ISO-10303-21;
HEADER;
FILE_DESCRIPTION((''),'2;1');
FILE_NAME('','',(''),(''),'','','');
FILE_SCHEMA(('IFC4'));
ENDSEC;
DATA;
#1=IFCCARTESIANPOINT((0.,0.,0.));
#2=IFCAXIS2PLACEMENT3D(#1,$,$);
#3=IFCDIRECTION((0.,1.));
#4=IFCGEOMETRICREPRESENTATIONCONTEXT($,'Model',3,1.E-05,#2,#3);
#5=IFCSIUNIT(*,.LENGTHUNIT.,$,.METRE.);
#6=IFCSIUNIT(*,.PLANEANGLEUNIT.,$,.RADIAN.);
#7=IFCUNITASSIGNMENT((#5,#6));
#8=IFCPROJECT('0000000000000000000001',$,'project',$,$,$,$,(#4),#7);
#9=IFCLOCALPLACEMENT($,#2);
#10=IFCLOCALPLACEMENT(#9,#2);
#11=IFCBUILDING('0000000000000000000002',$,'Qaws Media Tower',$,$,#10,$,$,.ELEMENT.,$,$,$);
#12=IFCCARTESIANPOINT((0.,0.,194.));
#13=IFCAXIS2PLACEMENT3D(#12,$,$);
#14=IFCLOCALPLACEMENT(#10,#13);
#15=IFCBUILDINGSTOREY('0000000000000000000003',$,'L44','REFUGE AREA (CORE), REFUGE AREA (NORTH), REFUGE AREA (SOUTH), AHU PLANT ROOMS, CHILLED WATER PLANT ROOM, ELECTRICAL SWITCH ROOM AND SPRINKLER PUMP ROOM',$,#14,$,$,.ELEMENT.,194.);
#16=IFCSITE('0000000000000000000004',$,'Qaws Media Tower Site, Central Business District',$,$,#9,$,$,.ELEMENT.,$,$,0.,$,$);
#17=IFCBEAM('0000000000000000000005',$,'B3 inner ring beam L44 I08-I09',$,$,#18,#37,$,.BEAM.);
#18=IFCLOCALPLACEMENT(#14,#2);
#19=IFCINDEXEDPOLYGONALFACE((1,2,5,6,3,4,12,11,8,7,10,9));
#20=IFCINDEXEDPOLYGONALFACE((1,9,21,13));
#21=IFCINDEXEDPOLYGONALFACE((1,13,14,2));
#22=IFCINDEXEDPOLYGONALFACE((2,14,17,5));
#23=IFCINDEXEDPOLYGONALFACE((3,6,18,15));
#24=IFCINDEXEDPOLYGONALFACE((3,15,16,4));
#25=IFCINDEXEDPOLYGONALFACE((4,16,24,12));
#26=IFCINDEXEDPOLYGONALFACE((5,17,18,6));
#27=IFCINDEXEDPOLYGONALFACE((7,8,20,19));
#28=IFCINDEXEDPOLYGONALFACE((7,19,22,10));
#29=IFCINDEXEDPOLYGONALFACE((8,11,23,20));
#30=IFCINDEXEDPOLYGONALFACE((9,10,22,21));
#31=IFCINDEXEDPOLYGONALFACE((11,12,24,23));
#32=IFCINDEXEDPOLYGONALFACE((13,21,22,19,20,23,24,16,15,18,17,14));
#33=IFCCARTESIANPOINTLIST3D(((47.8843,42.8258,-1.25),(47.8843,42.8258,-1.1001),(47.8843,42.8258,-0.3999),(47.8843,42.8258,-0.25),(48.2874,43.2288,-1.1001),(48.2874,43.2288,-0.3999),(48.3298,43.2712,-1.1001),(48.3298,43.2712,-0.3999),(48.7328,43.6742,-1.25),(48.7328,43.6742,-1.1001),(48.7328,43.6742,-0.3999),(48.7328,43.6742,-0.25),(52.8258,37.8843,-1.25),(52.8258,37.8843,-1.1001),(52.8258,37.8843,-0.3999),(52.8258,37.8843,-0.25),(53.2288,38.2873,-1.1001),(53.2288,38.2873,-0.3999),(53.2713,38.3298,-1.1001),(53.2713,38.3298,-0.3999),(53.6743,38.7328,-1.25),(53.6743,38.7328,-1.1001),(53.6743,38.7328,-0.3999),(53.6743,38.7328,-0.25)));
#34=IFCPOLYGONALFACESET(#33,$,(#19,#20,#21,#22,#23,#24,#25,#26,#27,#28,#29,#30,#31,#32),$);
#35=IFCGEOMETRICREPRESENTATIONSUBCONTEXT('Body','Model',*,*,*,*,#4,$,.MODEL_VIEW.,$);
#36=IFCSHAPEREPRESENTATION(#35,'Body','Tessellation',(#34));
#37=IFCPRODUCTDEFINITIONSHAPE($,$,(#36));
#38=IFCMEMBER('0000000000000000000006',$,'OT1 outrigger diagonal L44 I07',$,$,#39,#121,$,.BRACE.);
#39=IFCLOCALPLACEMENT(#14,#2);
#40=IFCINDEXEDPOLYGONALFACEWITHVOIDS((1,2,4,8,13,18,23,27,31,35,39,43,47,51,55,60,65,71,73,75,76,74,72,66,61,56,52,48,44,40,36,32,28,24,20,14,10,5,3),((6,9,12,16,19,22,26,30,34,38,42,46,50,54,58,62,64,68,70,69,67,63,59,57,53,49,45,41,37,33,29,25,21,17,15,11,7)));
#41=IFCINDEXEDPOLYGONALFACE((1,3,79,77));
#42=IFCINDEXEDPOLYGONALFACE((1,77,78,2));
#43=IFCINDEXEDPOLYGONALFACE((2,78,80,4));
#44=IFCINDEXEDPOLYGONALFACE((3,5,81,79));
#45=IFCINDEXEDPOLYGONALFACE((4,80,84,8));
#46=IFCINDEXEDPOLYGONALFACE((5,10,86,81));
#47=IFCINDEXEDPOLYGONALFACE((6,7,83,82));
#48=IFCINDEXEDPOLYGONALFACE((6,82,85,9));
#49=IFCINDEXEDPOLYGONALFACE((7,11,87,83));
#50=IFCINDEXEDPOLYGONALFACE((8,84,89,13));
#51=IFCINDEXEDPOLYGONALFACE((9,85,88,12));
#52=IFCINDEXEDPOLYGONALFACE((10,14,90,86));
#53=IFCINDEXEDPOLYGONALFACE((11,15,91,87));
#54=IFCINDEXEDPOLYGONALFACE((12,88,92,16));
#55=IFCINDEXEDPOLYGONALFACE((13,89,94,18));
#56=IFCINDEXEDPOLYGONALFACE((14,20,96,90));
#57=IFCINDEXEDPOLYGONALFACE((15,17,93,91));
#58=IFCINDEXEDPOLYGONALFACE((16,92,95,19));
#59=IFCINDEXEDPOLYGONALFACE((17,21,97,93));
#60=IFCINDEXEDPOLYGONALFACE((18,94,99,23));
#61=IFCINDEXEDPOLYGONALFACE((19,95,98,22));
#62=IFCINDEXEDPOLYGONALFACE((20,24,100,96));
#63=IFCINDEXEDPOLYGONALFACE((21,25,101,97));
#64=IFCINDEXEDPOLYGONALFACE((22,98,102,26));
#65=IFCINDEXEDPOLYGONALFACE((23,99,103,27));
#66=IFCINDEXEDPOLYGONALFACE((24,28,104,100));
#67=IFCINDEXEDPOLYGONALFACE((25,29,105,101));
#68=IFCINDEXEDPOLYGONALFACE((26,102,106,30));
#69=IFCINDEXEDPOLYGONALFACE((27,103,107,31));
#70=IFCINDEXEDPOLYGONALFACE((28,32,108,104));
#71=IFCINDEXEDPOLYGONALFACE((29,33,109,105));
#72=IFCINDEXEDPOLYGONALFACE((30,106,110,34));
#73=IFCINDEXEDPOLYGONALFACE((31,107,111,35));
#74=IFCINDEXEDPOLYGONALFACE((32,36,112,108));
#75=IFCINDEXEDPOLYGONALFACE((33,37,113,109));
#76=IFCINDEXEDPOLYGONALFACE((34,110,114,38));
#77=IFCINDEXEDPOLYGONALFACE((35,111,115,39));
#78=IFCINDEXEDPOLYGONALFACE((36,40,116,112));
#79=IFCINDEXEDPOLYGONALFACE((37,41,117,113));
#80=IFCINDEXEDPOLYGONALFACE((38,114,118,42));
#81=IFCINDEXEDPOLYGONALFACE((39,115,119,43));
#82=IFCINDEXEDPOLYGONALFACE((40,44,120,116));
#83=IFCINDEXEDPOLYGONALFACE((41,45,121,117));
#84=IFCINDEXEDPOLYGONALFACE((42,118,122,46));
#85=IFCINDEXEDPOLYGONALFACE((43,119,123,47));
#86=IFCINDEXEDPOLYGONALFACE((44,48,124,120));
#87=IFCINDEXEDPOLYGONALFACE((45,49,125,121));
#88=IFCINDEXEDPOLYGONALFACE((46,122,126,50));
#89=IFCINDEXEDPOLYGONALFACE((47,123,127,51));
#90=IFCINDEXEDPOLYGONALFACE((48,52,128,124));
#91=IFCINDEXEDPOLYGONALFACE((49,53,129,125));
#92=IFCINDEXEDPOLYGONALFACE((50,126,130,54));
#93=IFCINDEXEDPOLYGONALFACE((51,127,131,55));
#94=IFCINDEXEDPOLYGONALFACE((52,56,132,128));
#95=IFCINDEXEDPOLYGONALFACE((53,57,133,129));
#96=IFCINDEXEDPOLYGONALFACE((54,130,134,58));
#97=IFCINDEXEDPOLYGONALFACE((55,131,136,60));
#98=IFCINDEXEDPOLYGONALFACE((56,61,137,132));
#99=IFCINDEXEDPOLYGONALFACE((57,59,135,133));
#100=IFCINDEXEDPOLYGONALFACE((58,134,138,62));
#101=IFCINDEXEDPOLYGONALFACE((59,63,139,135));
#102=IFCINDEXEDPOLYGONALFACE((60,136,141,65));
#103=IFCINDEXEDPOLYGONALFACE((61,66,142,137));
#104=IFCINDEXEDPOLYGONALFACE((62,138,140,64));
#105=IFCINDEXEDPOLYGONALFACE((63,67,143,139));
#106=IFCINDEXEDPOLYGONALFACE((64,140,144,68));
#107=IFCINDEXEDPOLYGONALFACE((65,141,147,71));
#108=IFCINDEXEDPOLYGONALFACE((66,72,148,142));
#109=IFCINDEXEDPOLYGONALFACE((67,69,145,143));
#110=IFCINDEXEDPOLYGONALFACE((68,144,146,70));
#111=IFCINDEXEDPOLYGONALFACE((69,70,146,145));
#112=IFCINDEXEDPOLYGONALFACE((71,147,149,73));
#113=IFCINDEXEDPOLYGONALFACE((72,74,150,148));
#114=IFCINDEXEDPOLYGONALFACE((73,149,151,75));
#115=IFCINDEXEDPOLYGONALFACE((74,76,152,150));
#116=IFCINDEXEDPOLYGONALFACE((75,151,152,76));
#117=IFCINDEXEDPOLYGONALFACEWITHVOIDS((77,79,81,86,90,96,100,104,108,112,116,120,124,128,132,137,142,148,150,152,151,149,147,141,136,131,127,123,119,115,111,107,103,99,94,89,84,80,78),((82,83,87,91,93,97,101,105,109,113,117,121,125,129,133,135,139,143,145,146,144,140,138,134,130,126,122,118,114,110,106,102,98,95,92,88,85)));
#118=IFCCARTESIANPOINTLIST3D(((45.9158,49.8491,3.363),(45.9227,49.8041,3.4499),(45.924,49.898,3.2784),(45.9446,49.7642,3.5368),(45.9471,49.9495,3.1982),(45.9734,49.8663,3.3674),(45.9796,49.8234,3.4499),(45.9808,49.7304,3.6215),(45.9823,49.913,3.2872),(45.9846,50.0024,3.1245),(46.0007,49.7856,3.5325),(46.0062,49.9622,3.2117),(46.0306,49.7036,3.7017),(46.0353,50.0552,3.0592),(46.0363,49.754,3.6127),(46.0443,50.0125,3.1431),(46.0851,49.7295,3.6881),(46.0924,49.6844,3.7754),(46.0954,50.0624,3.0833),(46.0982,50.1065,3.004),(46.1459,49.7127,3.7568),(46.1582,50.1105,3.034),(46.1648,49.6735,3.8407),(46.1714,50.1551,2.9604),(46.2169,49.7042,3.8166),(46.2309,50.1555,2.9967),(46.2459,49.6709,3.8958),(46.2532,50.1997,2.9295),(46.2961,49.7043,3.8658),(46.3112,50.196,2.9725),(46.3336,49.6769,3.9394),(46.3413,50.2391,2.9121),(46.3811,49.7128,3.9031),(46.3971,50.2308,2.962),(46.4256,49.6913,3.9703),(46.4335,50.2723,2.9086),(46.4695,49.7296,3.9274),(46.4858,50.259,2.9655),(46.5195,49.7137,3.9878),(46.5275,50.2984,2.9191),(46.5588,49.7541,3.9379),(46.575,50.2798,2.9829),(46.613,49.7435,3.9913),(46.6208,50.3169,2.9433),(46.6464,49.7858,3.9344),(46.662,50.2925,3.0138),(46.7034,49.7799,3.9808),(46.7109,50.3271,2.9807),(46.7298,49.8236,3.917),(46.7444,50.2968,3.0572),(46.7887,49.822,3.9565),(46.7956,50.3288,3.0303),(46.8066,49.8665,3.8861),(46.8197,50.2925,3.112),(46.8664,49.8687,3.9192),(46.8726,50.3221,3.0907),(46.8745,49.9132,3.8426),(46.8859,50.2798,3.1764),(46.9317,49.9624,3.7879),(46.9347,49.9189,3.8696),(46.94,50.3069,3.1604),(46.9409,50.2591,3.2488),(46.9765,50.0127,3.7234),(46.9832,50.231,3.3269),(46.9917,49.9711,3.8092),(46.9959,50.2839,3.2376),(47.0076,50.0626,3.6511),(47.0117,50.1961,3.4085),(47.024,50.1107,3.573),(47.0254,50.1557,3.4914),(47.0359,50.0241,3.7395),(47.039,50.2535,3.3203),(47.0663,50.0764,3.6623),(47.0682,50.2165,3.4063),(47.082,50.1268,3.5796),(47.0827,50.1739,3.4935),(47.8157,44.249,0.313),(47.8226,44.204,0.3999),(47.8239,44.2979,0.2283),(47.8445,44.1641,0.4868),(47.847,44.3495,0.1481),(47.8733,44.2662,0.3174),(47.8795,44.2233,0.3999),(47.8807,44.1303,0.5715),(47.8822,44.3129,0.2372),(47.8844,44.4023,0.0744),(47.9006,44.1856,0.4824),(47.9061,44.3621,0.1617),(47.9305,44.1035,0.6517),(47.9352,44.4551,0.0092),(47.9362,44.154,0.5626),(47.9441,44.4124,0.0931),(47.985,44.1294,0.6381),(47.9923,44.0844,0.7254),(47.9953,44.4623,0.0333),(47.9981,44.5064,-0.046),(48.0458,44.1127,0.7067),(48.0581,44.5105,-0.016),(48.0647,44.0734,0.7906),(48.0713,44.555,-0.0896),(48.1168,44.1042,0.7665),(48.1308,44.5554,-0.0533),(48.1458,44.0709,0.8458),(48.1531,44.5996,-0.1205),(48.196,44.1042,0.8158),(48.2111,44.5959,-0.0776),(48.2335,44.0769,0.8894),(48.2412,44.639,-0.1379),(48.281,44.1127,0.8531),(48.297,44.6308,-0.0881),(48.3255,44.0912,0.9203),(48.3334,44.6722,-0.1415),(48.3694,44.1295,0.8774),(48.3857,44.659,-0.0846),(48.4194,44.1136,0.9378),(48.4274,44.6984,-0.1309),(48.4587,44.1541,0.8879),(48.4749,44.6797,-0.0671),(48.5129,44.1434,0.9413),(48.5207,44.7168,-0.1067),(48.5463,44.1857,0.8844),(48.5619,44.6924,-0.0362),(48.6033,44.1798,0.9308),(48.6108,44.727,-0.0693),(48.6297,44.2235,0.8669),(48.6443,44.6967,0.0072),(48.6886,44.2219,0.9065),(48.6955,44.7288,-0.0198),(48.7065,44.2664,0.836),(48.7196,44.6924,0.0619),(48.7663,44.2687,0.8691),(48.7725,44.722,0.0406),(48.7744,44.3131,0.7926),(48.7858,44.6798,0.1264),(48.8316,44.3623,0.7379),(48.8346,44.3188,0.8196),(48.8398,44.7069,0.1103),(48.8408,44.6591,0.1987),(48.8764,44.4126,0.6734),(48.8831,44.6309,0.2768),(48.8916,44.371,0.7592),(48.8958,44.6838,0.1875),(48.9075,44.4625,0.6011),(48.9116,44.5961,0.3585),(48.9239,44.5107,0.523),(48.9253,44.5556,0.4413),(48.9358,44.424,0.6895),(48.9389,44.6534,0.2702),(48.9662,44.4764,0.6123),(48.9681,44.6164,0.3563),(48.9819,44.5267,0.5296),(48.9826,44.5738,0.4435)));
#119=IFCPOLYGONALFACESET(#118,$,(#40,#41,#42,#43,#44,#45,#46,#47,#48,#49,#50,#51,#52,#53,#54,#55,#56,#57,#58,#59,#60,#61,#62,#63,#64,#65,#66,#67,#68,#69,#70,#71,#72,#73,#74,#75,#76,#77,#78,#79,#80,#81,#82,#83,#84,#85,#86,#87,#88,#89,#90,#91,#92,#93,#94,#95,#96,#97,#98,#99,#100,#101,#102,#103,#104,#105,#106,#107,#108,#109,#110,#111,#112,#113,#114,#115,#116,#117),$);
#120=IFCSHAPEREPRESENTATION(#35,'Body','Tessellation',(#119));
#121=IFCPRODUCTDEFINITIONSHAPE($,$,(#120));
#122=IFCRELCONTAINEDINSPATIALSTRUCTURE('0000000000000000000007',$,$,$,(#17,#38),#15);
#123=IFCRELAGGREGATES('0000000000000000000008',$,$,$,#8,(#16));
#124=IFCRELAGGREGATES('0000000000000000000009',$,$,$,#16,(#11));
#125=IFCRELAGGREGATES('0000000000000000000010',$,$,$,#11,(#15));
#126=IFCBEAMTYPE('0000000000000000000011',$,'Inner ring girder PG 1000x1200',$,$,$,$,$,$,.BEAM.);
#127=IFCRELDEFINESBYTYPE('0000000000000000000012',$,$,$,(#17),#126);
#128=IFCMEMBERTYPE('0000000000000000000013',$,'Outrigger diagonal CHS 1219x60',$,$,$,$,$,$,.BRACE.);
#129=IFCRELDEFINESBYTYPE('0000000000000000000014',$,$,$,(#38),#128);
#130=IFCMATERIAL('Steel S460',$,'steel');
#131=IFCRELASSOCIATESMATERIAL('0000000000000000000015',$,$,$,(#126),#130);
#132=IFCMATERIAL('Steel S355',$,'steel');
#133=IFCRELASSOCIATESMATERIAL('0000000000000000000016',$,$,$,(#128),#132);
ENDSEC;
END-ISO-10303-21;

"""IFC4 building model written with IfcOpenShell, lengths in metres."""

from ifc_helpers import new_model, si_unit, direction, frame, origin, origin_2d, place, context, subcontext, project, spatial, hollow_circle, i_section, extrude, material, material_profile, profile_set, type_object, element, save


model = new_model("IFC4")

# Units and contexts
model_context = context("Model", 3, precision=1e-05, world=origin(), true_north=direction((0.0, 1.0)))
body_context = subcontext(model_context, "Body", "Model", "MODEL_VIEW")
ifc_project = project(units=[si_unit("LENGTHUNIT", "METRE"), si_unit("PLANEANGLEUNIT", "RADIAN")], contexts=[model_context])

# Site, building, storey
site_placement = place(None, origin())
site = spatial("IfcSite", under=ifc_project, at=site_placement, Name="Qaws Media Tower Site, Central Business District", CompositionType="ELEMENT", RefElevation=0.0)
building_placement = place(site_placement, origin())
building = spatial("IfcBuilding", under=site, at=building_placement, Name="Qaws Media Tower", CompositionType="ELEMENT")
storey_placement = place(building_placement, frame((0.0, 0.0, 194.0)))
storey = spatial("IfcBuildingStorey", under=building, at=storey_placement, Name="L44", Description="REFUGE AREA (CORE), REFUGE AREA (NORTH), REFUGE AREA (SOUTH), AHU PLANT ROOMS, CHILLED WATER PLANT ROOM, ELECTRICAL SWITCH ROOM AND SPRINKLER PUMP ROOM", CompositionType="ELEMENT", Elevation=194.0)

# Beam
ifc_material_1 = material(Name="Steel S460", Category="steel")
ifc_material_profile_1 = material_profile(ifc_material_1, i_section(OverallWidth=1.2, OverallDepth=1.0, WebThickness=0.0601, FlangeThickness=0.1499, at=origin_2d()), Name="PG 1000x1200")
ifc_profile_set_1 = profile_set([ifc_material_profile_1], Name="Steel S460")
beam_type_1 = type_object("IfcBeamType", Name="Inner ring girder PG 1000x1200", PredefinedType="BEAM", material=ifc_profile_set_1)
beam_1_placement = place(storey_placement, frame((48.3086, 43.25, -0.75), z_axis=(0.707107, -0.707107, 0.0), x_axis=(0.707107, 0.707107, 0.0)))
element("IfcBeam", 1, at=beam_1_placement, inside=storey, type_object=beam_type_1, Name="B3 inner ring beam L44 I08-I09", PredefinedType="BEAM", context=body_context, shape_type="SweptSolid", body=[
    extrude(i_section(OverallWidth=1.2, OverallDepth=1.0, WebThickness=0.0601, FlangeThickness=0.1499, at=origin_2d()), origin(), (0.0, 0.0, 1.0), 6.9883),
])

# Member
ifc_material_2 = material(Name="Steel S355", Category="steel")
ifc_material_profile_2 = material_profile(ifc_material_2, hollow_circle(Radius=0.6096, WallThickness=0.0601, at=origin_2d()), Name="CHS 1219x60")
ifc_profile_set_2 = profile_set([ifc_material_profile_2], Name="Steel S355")
member_type_1 = type_object("IfcMemberType", Name="Outrigger diagonal CHS 1219x60", PredefinedType="BRACE", material=ifc_profile_set_2)
member_1_placement = place(storey_placement, frame((48.3999, 44.3999, 0.3999), z_axis=(-0.285535, 0.841635, 0.45839), x_axis=(-0.946985, -0.321277, 0.0)))
element("IfcMember", 2, at=member_1_placement, inside=storey, type_object=member_type_1, Name="OT1 outrigger diagonal L44 I07", PredefinedType="BRACE", context=body_context, shape_type="SweptSolid", body=[
    extrude(hollow_circle(Radius=0.6096, WallThickness=0.0601, at=origin_2d()), origin(), (0.0, 0.0, 1.0), 6.6538),
])

save(model, "model.ifc")
